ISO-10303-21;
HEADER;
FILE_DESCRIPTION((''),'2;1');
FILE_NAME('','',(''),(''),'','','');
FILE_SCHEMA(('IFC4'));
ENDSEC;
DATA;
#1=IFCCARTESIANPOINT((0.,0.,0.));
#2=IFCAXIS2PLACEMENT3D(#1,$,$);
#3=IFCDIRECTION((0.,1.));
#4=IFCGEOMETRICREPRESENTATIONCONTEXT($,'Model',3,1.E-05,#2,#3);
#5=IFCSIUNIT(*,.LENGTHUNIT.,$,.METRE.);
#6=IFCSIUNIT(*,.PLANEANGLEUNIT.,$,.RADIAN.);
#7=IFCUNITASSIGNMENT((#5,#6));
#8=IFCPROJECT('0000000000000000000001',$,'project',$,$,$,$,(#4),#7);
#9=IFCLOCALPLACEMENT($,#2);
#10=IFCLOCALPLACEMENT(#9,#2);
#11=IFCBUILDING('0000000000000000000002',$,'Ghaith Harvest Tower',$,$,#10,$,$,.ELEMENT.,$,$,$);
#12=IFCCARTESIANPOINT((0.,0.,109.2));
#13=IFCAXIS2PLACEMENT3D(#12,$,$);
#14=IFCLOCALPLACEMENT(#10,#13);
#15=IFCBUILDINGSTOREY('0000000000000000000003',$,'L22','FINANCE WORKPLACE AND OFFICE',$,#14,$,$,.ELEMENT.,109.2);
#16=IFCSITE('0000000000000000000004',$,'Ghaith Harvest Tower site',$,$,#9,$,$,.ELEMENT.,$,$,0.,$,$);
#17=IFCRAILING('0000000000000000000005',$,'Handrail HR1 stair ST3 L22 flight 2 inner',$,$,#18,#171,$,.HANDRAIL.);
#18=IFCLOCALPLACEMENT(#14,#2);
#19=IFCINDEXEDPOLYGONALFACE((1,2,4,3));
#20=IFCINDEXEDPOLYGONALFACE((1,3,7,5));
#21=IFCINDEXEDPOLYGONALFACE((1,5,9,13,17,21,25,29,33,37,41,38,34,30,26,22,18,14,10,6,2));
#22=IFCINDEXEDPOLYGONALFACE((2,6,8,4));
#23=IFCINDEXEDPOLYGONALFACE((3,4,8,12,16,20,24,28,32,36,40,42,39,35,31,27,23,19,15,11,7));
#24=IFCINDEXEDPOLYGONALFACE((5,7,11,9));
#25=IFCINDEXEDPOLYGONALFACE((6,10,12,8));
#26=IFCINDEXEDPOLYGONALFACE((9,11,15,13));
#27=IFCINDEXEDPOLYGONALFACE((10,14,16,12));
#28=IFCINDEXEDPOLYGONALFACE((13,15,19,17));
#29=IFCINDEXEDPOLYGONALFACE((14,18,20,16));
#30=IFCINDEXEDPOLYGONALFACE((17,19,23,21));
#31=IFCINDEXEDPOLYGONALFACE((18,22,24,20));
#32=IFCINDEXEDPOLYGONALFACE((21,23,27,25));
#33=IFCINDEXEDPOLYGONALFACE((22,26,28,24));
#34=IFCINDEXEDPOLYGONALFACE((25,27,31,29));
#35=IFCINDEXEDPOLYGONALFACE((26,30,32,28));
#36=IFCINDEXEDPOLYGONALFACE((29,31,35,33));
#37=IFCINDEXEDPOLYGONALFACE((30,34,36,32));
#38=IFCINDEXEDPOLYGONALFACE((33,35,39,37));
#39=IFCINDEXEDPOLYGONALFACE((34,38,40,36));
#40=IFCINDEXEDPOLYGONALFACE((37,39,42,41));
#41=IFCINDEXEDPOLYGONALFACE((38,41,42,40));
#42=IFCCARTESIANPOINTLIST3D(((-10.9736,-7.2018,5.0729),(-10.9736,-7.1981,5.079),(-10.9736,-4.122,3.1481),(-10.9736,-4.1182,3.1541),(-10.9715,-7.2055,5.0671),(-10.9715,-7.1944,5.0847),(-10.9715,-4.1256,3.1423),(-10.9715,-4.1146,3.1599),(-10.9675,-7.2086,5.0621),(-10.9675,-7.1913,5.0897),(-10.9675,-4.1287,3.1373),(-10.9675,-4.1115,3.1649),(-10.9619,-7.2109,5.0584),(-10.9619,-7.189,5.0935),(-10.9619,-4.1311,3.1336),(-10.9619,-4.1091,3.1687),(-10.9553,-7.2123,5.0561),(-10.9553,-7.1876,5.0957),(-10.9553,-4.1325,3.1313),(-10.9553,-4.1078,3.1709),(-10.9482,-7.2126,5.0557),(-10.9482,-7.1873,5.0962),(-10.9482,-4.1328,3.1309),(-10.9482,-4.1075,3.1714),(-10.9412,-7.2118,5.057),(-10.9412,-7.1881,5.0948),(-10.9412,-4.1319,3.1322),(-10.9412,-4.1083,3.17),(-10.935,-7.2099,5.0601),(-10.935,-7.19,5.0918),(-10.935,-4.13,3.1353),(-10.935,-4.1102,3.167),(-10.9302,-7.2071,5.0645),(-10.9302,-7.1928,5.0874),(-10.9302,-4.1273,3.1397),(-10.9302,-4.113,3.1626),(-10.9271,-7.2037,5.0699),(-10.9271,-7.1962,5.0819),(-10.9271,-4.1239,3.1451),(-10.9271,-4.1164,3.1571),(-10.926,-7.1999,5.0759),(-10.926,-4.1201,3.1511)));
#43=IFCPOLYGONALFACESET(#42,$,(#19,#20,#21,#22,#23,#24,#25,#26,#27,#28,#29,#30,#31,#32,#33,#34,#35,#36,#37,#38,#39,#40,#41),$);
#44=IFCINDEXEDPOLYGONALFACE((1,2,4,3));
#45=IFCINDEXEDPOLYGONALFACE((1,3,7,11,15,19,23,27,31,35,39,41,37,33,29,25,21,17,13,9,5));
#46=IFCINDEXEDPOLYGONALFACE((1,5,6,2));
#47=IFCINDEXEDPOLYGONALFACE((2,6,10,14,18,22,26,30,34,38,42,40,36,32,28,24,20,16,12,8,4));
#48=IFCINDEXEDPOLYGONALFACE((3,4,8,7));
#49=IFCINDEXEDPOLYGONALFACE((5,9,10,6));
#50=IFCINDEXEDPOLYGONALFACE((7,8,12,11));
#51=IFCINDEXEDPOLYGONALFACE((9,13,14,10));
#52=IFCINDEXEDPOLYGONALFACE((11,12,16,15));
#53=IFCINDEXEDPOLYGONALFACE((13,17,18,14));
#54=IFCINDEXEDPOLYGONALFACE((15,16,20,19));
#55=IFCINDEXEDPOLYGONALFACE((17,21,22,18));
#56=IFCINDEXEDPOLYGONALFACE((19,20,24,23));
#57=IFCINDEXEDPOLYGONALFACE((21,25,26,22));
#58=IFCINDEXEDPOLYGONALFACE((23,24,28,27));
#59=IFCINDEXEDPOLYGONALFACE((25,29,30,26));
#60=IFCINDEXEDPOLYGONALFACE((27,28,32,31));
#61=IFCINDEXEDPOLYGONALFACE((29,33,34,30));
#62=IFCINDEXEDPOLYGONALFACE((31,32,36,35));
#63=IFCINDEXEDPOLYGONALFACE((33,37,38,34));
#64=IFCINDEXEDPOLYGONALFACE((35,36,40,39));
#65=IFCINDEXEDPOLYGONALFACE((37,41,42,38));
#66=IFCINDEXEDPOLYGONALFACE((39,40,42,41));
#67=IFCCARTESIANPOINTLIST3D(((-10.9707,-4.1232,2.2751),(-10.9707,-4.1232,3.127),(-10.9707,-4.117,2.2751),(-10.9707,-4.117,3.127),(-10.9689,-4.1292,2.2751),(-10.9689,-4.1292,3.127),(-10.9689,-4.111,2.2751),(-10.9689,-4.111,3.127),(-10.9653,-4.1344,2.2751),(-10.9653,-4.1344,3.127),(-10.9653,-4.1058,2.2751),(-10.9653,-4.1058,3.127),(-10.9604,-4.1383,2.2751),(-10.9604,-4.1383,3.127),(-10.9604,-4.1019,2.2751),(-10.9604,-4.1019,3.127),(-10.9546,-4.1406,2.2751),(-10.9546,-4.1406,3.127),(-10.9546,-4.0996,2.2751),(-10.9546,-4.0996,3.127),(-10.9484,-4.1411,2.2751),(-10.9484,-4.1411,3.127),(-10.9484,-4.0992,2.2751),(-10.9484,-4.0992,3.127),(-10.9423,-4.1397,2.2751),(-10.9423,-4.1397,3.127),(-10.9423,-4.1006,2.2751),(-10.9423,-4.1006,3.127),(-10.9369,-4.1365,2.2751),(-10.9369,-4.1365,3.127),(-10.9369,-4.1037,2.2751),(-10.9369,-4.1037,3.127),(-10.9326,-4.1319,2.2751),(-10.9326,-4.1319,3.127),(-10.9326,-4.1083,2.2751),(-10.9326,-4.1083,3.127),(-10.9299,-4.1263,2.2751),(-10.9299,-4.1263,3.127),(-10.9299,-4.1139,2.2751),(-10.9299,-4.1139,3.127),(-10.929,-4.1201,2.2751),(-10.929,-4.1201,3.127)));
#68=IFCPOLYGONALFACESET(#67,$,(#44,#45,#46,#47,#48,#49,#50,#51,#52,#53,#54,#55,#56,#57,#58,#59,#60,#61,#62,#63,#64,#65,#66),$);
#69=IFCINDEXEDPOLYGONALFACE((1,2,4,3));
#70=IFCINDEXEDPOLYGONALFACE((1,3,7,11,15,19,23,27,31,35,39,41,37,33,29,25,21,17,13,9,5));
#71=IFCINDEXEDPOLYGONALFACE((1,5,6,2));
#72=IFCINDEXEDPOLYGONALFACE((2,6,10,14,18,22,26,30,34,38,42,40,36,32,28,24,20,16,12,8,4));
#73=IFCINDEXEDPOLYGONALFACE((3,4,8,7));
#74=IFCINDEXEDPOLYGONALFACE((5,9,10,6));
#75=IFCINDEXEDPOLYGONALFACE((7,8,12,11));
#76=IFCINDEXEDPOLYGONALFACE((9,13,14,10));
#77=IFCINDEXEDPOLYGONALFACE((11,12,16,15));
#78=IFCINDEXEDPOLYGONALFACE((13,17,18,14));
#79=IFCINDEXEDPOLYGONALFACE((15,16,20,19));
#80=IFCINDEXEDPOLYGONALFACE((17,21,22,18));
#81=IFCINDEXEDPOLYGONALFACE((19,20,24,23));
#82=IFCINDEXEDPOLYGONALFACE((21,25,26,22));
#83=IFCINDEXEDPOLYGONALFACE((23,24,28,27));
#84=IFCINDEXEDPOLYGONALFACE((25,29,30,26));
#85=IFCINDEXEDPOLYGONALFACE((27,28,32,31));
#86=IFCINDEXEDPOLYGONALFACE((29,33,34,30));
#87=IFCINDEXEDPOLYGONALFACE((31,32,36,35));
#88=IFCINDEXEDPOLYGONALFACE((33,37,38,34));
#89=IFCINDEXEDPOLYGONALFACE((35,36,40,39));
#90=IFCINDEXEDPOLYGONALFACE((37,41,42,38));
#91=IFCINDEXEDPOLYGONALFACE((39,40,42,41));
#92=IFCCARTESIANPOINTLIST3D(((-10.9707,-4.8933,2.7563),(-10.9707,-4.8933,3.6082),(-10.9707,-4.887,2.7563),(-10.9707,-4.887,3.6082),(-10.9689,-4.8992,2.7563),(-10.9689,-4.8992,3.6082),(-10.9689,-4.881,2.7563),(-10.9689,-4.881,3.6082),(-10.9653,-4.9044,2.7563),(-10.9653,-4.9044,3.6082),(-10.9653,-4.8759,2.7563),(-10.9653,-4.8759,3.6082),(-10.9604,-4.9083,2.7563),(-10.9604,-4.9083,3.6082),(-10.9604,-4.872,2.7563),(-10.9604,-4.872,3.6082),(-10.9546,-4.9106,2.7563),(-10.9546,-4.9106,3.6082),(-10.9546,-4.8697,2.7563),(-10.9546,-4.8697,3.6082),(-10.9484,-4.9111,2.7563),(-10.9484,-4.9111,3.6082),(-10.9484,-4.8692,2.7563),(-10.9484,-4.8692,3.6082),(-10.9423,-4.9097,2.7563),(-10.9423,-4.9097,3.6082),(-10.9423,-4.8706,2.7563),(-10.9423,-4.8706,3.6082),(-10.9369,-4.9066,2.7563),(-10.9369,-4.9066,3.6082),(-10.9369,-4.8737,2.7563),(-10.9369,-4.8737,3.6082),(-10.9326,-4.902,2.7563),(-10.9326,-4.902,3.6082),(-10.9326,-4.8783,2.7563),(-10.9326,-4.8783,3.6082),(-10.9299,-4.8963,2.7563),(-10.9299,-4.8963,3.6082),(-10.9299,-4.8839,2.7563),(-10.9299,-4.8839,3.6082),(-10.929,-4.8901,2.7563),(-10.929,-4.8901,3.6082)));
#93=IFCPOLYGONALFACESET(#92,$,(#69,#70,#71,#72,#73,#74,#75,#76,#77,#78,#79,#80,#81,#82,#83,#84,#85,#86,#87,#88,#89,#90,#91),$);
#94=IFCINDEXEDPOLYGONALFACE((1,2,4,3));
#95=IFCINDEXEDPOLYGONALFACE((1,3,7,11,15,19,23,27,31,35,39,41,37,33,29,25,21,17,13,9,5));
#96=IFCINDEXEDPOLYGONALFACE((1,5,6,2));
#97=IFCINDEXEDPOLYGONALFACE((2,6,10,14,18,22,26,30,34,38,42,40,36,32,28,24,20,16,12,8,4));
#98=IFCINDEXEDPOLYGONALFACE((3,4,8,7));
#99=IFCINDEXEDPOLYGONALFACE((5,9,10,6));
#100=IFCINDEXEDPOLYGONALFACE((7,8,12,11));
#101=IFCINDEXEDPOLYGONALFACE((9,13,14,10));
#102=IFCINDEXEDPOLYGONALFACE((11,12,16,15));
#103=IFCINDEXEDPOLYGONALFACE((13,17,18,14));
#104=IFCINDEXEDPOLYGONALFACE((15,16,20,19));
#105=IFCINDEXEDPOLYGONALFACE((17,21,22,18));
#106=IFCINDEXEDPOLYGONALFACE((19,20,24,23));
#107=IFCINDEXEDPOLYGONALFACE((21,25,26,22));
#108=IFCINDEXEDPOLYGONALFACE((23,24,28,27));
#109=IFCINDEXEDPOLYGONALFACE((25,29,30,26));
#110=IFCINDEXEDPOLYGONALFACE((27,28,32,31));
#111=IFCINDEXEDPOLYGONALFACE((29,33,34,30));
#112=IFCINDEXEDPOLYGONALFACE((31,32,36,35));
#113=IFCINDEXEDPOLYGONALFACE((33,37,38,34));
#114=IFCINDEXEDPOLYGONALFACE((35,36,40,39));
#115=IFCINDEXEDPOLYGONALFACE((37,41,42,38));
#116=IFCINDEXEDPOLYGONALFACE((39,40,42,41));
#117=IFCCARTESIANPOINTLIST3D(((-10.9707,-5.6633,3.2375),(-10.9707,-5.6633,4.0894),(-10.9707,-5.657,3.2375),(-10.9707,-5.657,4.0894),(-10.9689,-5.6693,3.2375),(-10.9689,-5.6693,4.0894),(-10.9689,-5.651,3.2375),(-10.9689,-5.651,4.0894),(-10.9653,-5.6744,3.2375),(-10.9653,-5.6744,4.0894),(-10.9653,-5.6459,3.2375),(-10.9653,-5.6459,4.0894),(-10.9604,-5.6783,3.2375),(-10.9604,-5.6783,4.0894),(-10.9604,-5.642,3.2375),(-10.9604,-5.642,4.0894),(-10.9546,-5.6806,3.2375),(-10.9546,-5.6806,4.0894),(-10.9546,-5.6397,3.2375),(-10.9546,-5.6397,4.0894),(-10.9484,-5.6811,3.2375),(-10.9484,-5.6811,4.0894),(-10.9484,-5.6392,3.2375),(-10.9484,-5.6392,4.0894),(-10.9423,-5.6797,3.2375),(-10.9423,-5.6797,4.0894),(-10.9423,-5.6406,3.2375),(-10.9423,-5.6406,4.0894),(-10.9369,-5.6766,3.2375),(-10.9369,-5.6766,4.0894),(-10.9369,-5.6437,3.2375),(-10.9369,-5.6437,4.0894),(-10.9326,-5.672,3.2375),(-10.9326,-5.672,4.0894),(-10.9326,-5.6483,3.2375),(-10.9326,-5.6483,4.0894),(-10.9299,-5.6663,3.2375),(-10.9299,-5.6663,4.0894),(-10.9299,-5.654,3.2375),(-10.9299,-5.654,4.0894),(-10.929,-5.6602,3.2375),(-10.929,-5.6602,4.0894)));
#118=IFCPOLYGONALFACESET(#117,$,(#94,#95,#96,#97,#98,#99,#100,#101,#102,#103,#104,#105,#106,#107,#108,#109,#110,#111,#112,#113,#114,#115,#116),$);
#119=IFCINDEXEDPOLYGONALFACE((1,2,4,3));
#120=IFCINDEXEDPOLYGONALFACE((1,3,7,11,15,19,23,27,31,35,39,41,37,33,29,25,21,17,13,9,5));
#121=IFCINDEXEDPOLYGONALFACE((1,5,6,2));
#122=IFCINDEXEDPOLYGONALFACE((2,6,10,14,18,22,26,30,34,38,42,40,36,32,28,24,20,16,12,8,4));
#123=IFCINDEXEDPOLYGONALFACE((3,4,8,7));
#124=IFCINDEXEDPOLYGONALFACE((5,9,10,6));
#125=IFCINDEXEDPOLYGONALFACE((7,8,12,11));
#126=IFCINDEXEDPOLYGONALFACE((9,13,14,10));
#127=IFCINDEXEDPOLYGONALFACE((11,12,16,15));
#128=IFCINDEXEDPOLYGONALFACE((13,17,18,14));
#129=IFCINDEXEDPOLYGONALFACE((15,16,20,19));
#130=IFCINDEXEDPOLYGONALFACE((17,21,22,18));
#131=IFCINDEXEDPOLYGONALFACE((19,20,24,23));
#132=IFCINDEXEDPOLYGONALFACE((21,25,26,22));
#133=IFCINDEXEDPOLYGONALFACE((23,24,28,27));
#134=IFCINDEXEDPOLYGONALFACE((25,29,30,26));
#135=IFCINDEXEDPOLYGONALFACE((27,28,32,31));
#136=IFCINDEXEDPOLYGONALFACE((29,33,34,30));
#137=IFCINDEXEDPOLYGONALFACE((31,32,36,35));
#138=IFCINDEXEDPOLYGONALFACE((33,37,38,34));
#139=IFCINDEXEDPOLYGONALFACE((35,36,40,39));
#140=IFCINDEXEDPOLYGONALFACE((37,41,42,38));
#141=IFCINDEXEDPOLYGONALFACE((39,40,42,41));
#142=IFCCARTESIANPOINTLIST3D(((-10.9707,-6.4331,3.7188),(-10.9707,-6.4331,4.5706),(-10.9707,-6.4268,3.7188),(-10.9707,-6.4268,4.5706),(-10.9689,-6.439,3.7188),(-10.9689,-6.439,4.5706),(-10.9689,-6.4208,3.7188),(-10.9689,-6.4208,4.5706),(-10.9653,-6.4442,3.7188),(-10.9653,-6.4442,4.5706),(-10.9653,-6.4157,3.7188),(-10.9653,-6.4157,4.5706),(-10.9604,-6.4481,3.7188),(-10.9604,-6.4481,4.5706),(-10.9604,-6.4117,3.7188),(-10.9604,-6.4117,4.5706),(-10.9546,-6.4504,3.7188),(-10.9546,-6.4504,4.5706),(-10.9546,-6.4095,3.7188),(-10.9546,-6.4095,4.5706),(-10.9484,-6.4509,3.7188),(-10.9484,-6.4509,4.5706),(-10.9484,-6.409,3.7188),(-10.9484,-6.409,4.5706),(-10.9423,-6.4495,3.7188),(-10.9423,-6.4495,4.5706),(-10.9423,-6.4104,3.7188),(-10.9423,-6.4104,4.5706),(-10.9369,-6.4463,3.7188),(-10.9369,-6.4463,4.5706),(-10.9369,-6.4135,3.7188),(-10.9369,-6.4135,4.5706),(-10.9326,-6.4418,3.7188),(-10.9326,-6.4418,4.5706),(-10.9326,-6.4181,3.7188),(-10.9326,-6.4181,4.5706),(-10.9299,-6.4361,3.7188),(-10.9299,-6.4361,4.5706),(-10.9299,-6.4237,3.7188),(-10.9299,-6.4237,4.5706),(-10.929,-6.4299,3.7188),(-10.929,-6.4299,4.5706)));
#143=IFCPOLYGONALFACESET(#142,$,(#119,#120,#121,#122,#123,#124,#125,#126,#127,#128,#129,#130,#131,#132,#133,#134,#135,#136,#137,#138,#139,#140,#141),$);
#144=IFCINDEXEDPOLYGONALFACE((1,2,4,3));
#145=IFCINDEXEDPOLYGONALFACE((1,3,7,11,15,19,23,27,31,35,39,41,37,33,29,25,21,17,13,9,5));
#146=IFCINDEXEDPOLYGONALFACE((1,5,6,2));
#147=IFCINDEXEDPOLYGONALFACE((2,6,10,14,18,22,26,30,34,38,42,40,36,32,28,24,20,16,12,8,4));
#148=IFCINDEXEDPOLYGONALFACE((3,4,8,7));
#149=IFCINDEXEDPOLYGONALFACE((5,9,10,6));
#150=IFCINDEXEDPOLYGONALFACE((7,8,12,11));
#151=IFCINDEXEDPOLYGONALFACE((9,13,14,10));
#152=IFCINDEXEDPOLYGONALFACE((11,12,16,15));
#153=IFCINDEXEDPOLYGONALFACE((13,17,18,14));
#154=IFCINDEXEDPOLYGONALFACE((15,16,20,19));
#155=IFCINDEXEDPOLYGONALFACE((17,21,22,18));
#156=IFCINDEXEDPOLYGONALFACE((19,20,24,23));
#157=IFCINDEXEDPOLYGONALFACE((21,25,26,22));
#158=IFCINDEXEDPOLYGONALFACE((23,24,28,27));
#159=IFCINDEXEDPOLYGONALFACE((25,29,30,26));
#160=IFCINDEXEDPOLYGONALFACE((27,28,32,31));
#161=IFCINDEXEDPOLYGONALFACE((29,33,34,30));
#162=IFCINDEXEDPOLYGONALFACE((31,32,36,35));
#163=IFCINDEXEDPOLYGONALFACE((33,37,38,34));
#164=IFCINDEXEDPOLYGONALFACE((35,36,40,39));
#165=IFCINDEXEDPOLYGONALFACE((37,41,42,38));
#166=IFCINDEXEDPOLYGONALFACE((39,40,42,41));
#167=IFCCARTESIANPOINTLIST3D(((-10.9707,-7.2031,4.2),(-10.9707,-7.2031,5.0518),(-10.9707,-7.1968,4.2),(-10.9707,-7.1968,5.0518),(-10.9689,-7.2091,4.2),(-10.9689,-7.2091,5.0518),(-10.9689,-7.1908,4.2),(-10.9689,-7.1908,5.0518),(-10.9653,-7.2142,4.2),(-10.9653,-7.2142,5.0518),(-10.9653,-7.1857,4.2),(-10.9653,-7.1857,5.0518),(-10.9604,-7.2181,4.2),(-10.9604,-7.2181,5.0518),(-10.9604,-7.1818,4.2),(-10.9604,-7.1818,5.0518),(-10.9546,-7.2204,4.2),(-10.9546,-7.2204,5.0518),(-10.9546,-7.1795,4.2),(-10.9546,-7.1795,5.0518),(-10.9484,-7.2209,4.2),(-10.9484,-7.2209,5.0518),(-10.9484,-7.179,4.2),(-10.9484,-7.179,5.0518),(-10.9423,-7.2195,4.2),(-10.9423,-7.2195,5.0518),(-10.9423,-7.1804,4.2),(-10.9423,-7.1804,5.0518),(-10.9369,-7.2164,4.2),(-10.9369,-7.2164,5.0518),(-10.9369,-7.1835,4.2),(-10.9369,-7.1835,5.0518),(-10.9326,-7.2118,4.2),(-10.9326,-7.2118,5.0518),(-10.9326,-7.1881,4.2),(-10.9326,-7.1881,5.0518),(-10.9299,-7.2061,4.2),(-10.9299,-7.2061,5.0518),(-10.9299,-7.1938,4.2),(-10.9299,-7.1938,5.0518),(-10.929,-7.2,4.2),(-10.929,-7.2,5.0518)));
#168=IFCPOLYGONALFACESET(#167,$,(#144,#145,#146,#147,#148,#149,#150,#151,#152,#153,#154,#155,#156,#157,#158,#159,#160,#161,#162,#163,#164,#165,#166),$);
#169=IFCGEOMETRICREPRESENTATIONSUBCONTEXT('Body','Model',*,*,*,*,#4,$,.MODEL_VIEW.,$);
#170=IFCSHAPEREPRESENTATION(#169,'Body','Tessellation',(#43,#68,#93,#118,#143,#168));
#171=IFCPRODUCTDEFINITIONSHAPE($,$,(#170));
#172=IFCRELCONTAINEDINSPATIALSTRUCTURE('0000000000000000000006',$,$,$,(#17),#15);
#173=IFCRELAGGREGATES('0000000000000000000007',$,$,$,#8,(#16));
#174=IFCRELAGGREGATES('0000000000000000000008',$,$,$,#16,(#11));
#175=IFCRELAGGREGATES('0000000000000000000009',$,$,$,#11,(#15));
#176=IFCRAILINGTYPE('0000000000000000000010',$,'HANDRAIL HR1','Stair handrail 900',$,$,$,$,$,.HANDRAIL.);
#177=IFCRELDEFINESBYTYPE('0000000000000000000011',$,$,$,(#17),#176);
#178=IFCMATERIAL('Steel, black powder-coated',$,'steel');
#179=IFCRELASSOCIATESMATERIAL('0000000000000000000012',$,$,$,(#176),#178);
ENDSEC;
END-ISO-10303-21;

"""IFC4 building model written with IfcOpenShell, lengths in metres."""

from ifc_helpers import new_model, si_unit, direction, frame, origin, origin_2d, place, context, subcontext, project, spatial, circle, extrude, material, type_object, element, save


model = new_model("IFC4")

# Units and contexts
model_context = context("Model", 3, precision=1e-05, world=origin(), true_north=direction((0.0, 1.0)))
body_context = subcontext(model_context, "Body", "Model", "MODEL_VIEW")
ifc_project = project(units=[si_unit("LENGTHUNIT", "METRE"), si_unit("PLANEANGLEUNIT", "RADIAN")], contexts=[model_context])

# Site, building, storey
site_placement = place(None, origin())
site = spatial("IfcSite", under=ifc_project, at=site_placement, Name="Ghaith Harvest Tower site", CompositionType="ELEMENT", RefElevation=0.0)
building_placement = place(site_placement, origin())
building = spatial("IfcBuilding", under=site, at=building_placement, Name="Ghaith Harvest Tower", CompositionType="ELEMENT")
storey_placement = place(building_placement, frame((0.0, 0.0, 109.2)))
storey = spatial("IfcBuildingStorey", under=building, at=storey_placement, Name="L22", Description="FINANCE WORKPLACE AND OFFICE", CompositionType="ELEMENT", Elevation=109.2)

# Railing
ifc_material_1 = material(Name="Steel, black powder-coated", Category="steel")
railing_type = type_object("IfcRailingType", Name="HANDRAIL HR1", Description="Stair handrail 900", PredefinedType="HANDRAIL", material=ifc_material_1)
railing_1_placement = place(storey_placement, frame((-10.95, -4.1201, 2.2751)))
element("IfcRailing", 1, at=railing_1_placement, inside=storey, type_object=railing_type, Name="Handrail HR1 stair ST3 L22 flight 2 inner", PredefinedType="HANDRAIL", context=body_context, shape_type="SweptSolid", body=[
    extrude(circle(Radius=0.0239, at=origin_2d()), frame((0.0, 0.0, 0.876), z_axis=(0.0, -0.84801, 0.529981), x_axis=(1.0, 0.0, 0.0)), (0.0, 0.0, 1.0), 3.6318),
    extrude(circle(Radius=0.021, at=origin_2d()), origin(), (0.0, 0.0, 1.0), 0.8518),
    extrude(circle(Radius=0.021, at=origin_2d()), frame((0.0, -0.77, 0.4812)), (0.0, 0.0, 1.0), 0.8518),
    extrude(circle(Radius=0.021, at=origin_2d()), frame((0.0, -1.54, 0.9624)), (0.0, 0.0, 1.0), 0.8518),
    extrude(circle(Radius=0.021, at=origin_2d()), frame((0.0, -2.3098, 1.4436)), (0.0, 0.0, 1.0), 0.8518),
    extrude(circle(Radius=0.021, at=origin_2d()), frame((0.0, -3.0798, 1.9248)), (0.0, 0.0, 1.0), 0.8518),
])

save(model, "model.ifc")
